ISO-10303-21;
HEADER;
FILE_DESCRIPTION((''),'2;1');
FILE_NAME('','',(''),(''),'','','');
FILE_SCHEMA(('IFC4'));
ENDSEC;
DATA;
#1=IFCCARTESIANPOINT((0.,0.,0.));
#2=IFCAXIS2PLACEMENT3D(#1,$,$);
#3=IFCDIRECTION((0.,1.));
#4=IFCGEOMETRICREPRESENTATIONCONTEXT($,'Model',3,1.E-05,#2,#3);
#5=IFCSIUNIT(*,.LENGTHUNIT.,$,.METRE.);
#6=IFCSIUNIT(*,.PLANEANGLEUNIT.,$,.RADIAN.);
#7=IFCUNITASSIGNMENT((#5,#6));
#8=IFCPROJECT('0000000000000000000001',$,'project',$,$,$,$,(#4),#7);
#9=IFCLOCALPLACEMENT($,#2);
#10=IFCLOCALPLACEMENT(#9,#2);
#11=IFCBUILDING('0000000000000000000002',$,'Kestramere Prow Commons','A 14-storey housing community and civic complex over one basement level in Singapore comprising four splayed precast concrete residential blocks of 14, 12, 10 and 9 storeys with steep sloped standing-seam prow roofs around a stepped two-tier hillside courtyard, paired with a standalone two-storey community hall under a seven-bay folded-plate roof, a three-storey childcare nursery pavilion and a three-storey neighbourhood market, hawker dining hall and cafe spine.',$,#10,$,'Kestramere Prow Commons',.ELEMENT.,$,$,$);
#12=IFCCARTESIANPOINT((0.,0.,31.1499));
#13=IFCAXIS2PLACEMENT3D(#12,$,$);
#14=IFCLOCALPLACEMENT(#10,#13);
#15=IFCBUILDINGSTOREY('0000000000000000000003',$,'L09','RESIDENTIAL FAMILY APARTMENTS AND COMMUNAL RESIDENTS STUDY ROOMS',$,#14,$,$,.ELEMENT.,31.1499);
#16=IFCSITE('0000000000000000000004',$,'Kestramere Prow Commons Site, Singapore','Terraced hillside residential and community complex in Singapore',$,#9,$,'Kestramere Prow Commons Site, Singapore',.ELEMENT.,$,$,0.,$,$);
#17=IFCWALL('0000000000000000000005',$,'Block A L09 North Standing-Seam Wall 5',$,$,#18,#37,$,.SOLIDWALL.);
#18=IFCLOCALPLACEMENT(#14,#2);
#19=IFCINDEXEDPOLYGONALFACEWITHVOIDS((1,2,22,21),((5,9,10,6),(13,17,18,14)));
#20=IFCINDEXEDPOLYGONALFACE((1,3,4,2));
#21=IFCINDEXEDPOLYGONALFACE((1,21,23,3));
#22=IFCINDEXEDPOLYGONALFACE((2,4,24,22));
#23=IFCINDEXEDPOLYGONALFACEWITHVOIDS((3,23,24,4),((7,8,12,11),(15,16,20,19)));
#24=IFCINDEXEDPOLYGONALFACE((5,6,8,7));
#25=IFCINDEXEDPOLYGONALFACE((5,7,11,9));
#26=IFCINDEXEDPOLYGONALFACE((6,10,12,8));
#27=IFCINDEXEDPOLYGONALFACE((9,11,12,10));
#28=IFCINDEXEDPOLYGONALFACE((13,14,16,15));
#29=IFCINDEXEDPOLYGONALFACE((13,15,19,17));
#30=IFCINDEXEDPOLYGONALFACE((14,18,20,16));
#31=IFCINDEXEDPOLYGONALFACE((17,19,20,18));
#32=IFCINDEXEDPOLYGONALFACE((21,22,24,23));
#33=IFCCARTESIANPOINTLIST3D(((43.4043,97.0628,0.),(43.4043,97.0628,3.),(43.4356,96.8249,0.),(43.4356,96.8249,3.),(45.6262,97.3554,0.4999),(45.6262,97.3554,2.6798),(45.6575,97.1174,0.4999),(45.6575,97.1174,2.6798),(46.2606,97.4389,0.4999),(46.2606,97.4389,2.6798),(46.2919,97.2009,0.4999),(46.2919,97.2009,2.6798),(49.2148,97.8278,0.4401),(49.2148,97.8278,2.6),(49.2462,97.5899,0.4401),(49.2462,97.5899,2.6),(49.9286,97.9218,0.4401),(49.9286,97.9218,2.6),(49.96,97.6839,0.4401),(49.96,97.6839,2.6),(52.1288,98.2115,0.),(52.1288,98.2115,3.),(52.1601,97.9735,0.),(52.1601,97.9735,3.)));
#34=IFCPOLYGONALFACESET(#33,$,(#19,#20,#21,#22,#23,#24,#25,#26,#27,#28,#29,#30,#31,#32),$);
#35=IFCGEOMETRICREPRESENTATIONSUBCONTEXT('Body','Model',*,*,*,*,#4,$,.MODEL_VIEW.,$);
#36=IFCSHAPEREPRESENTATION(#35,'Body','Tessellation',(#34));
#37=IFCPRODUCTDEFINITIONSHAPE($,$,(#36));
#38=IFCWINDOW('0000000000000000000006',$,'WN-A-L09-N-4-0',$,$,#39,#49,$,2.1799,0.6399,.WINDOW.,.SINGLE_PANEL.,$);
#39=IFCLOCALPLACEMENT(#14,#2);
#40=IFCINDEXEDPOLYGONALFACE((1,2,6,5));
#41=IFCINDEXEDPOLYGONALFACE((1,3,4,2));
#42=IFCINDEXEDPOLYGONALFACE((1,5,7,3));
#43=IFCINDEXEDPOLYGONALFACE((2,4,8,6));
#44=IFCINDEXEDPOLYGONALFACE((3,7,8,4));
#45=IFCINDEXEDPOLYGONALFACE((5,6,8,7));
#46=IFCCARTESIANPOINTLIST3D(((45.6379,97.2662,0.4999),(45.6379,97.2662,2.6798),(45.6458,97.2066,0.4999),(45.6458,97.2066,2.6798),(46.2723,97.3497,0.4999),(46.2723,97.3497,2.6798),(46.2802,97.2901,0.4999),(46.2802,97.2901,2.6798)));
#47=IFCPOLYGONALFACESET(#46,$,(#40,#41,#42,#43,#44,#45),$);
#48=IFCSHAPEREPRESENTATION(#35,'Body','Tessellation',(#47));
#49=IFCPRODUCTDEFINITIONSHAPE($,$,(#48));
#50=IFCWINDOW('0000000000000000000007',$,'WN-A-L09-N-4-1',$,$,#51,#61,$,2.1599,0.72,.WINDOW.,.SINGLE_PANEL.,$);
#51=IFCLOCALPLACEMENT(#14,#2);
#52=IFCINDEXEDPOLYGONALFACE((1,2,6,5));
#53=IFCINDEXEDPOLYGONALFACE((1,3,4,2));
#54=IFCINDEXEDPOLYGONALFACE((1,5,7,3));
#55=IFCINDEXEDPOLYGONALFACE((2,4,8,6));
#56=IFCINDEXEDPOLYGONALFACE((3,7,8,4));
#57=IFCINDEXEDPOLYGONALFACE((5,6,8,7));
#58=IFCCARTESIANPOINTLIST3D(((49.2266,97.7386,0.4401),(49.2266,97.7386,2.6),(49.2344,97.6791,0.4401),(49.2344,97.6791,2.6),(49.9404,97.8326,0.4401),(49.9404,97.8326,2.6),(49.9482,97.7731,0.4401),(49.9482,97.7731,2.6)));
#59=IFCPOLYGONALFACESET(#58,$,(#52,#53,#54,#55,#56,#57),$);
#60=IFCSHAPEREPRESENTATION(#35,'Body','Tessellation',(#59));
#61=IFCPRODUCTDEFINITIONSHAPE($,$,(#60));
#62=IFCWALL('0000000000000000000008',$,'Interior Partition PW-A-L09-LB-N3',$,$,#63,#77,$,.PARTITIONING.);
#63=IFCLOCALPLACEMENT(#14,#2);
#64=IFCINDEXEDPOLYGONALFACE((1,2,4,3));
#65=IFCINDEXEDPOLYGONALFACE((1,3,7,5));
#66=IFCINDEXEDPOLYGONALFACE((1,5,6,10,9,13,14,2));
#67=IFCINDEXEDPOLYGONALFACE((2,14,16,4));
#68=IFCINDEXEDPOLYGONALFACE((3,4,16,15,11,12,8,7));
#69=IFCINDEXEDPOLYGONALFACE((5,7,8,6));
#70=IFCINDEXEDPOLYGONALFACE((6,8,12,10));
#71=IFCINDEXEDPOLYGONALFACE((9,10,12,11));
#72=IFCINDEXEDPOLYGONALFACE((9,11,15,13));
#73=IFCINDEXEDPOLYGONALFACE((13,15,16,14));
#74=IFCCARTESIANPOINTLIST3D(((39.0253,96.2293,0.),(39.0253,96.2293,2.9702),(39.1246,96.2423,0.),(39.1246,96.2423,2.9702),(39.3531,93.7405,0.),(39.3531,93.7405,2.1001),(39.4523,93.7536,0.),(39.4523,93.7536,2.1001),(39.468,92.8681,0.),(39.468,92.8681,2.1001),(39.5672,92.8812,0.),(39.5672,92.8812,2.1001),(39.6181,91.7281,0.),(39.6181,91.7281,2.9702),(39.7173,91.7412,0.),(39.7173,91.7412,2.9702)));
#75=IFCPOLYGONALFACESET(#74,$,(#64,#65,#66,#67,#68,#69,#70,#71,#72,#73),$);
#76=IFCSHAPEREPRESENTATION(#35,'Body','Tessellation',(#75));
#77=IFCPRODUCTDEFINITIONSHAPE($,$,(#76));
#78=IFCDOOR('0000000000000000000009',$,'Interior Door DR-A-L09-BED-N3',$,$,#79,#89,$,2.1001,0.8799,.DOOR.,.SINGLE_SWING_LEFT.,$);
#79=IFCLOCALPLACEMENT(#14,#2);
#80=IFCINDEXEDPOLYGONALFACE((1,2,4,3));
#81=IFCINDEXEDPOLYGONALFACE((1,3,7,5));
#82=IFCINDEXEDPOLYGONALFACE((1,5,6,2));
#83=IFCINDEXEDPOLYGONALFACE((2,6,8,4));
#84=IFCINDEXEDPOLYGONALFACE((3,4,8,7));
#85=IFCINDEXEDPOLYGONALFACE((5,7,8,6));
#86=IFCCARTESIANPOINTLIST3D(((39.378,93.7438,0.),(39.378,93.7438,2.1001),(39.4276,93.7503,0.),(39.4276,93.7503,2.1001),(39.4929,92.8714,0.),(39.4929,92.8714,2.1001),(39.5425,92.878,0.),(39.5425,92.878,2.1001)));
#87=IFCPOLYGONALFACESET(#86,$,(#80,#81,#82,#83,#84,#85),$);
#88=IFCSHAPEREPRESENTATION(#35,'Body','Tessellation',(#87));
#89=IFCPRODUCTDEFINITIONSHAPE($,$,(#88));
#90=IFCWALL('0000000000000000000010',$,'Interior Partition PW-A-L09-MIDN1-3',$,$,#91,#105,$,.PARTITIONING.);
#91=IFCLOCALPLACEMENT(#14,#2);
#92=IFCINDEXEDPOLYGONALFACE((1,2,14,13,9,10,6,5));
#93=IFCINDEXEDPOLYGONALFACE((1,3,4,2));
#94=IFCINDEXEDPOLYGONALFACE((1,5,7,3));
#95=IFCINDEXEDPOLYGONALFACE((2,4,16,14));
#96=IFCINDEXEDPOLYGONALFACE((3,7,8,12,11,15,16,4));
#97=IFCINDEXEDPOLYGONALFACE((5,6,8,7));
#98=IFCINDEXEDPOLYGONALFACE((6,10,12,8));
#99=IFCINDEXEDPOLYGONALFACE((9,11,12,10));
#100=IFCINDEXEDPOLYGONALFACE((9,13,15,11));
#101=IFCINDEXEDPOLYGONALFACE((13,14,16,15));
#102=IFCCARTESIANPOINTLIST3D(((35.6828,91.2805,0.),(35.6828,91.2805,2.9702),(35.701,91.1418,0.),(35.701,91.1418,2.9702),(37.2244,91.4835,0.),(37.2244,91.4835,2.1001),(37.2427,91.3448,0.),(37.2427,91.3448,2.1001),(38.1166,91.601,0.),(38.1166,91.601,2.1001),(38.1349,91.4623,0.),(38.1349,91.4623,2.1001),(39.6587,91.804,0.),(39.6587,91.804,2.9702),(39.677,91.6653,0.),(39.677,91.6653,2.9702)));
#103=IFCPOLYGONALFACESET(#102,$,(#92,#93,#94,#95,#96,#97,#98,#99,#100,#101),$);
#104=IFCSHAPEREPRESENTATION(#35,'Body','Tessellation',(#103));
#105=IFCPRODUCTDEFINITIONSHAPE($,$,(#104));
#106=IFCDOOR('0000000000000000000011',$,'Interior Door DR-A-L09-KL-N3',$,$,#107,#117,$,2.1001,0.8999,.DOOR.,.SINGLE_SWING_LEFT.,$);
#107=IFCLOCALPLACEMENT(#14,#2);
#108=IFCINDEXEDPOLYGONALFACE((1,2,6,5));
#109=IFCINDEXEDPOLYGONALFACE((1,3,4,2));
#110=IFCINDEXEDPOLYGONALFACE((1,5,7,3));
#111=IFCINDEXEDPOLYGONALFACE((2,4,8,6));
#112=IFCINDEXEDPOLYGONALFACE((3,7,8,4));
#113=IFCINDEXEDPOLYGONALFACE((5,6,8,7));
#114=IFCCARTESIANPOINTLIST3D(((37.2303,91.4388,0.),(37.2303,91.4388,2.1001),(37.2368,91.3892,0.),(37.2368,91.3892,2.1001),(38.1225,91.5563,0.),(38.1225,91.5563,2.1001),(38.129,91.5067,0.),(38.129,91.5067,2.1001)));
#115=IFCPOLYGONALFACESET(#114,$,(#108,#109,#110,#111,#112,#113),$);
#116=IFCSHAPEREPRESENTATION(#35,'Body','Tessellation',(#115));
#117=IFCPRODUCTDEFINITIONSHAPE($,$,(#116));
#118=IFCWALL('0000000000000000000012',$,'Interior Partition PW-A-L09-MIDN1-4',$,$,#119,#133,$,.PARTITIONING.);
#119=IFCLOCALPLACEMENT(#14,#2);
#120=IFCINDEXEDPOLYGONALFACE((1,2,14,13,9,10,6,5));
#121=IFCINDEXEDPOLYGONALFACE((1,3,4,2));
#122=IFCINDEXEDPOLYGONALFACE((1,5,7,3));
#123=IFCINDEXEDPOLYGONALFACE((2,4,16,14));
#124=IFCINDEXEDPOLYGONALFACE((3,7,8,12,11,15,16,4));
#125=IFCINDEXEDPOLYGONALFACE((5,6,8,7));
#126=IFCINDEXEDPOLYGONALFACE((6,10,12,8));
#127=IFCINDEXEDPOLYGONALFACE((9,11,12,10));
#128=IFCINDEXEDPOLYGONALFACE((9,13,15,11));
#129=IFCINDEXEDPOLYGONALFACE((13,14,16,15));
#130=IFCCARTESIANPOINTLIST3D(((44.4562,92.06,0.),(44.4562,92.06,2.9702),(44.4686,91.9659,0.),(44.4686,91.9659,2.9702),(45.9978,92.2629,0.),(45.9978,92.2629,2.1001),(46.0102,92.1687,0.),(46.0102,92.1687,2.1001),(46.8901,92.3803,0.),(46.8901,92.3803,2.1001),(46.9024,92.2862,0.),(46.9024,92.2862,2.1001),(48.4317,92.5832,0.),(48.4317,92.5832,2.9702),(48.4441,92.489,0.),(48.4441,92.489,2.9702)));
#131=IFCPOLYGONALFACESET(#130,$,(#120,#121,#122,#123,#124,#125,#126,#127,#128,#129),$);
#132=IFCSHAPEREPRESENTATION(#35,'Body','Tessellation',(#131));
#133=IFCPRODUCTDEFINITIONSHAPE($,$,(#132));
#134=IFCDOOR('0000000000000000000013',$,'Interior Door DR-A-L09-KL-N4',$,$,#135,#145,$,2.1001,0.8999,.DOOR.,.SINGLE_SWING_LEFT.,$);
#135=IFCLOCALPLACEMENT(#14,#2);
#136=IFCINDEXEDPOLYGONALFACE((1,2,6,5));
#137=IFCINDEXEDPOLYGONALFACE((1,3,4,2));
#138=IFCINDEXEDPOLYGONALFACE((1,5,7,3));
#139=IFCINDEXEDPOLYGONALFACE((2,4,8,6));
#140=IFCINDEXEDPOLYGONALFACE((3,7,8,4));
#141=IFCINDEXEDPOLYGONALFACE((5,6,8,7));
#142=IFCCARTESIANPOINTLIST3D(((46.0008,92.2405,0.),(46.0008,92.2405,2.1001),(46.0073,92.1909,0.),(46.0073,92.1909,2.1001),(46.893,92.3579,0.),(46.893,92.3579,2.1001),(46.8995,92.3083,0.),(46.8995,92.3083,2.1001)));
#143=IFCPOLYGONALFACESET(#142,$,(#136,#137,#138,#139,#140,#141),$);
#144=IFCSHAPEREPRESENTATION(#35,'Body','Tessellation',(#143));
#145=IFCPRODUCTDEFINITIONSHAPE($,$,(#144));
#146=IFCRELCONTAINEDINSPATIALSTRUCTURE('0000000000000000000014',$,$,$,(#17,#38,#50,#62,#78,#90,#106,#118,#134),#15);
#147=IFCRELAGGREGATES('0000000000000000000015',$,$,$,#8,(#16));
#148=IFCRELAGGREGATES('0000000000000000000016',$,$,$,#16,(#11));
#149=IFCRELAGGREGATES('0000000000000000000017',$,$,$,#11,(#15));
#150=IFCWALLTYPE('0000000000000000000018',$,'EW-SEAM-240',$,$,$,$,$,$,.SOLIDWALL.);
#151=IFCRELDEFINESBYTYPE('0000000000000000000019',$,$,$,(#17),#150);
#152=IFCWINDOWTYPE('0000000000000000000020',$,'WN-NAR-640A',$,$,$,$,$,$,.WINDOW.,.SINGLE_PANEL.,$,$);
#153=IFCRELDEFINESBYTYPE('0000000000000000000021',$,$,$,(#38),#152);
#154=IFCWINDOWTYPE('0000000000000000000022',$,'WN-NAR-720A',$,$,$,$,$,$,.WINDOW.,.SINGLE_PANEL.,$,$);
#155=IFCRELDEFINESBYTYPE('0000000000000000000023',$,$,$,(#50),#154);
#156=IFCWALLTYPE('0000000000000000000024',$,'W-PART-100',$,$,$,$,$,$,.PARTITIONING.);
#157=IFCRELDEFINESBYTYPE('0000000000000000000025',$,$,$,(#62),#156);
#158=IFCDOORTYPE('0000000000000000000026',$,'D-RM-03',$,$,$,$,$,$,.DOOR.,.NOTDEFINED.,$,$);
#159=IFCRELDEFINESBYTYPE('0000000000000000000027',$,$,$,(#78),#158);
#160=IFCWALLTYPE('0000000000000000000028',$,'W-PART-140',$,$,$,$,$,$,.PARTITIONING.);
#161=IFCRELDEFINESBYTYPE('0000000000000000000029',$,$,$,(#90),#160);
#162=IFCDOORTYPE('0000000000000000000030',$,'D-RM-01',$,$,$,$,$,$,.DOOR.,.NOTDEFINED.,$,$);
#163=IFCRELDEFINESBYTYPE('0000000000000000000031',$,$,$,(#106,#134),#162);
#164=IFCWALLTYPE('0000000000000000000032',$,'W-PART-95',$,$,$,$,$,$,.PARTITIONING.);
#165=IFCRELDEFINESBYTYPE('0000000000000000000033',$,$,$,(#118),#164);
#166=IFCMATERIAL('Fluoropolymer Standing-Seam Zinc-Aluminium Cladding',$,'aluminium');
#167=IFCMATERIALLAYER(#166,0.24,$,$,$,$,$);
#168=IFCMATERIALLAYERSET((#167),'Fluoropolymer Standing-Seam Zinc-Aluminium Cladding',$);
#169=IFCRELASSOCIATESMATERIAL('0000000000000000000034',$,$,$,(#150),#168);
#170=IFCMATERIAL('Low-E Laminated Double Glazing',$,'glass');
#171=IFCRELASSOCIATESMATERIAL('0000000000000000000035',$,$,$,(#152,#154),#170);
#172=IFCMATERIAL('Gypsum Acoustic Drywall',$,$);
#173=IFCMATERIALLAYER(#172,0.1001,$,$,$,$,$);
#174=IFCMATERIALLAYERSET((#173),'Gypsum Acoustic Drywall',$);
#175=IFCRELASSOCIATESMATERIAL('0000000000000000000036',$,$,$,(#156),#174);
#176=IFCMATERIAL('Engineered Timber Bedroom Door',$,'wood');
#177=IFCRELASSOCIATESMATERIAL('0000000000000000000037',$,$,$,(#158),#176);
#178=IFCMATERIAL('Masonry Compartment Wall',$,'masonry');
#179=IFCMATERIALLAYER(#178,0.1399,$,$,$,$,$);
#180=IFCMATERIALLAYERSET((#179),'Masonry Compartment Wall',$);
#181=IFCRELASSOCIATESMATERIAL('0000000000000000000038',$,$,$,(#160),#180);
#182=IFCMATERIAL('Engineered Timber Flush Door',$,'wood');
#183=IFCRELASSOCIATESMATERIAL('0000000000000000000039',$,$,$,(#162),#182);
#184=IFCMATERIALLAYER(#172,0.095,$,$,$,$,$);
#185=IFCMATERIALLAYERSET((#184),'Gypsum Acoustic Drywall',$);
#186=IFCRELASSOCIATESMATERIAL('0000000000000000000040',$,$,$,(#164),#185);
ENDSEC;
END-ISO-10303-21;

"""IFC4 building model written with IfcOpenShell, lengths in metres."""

from ifc_helpers import new_model, si_unit, direction, frame, frame_2d, origin, place, context, subcontext, project, spatial, rectangle, extrude, material, layer, layer_set, type_object, element, fill, save


model = new_model("IFC4")

# Units and contexts
model_context = context("Model", 3, precision=1e-05, world=origin(), true_north=direction((0.0, 1.0)))
body_context = subcontext(model_context, "Body", "Model", "MODEL_VIEW")
ifc_project = project(units=[si_unit("LENGTHUNIT", "METRE"), si_unit("PLANEANGLEUNIT", "RADIAN")], contexts=[model_context])

# Site, building, storey
site_placement = place(None, origin())
site = spatial("IfcSite", under=ifc_project, at=site_placement, Name="Kestramere Prow Commons Site, Singapore", Description="Terraced hillside residential and community complex in Singapore", LongName="Kestramere Prow Commons Site, Singapore", CompositionType="ELEMENT", RefElevation=0.0)
building_placement = place(site_placement, origin())
building = spatial("IfcBuilding", under=site, at=building_placement, Name="Kestramere Prow Commons", Description="A 14-storey housing community and civic complex over one basement level in Singapore comprising four splayed precast concrete residential blocks of 14, 12, 10 and 9 storeys with steep sloped standing-seam prow roofs around a stepped two-tier hillside courtyard, paired with a standalone two-storey community hall under a seven-bay folded-plate roof, a three-storey childcare nursery pavilion and a three-storey neighbourhood market, hawker dining hall and cafe spine.", LongName="Kestramere Prow Commons", CompositionType="ELEMENT")
storey_placement = place(building_placement, frame((0.0, 0.0, 31.1499)))
storey = spatial("IfcBuildingStorey", under=building, at=storey_placement, Name="L09", Description="RESIDENTIAL FAMILY APARTMENTS AND COMMUNAL RESIDENTS STUDY ROOMS", CompositionType="ELEMENT", Elevation=31.1499)

# Shared definitions
ifc_material_1 = material(Name="Low-E Laminated Double Glazing", Category="glass")

# Shared definitions
ifc_material_2 = material(Name="Fluoropolymer Standing-Seam Zinc-Aluminium Cladding", Category="aluminium")
ifc_layer_1 = layer(ifc_material_2, 0.24)
ifc_layer_set_1 = layer_set([ifc_layer_1], Name="Fluoropolymer Standing-Seam Zinc-Aluminium Cladding")
wall_type_1 = type_object("IfcWallType", Name="EW-SEAM-240", PredefinedType="SOLIDWALL", material=ifc_layer_set_1)

# Wall, openings, windows
wall_1_placement = place(storey_placement, frame((43.4199, 96.9438, 0.0), z_axis=(0.0, 0.0, 1.0), x_axis=(0.991444, 0.130533, 0.0)))
wall_1 = element("IfcWall", 1, at=wall_1_placement, inside=storey, type_object=wall_type_1, Name="Block A L09 North Standing-Seam Wall 5", PredefinedType="SOLIDWALL", context=body_context, shape_type="SweptSolid", body=[
    extrude(rectangle(XDim=8.7998, YDim=0.24, at=frame_2d((4.3999, 0.0))), origin(), (0.0, 0.0, 1.0), 3.0),
])
opening_1_placement = place(wall_1_placement, frame((2.2412, 0.0, 0.5)))
opening_1 = element("IfcOpeningElement", 2, at=opening_1_placement, cuts=wall_1, PredefinedType="OPENING", context=body_context, shape_type="SweptSolid", body=[
    extrude(rectangle(XDim=0.6399, YDim=2.1799, at=frame_2d((0.3198, 1.0898))), frame((0.0, 0.135, 0.0), z_axis=(0.0, -1.0, 0.0), x_axis=(1.0, 0.0, 0.0)), (0.0, 0.0, 1.0), 0.27),
])
opening_2_placement = place(wall_1_placement, frame((5.8608, 0.0, 0.4399)))
opening_2 = element("IfcOpeningElement", 3, at=opening_2_placement, cuts=wall_1, PredefinedType="OPENING", context=body_context, shape_type="SweptSolid", body=[
    extrude(rectangle(XDim=0.72, YDim=2.1599, at=frame_2d((0.3599, 1.0801))), frame((0.0, 0.135, 0.0), z_axis=(0.0, -1.0, 0.0), x_axis=(1.0, 0.0, 0.0)), (0.0, 0.0, 1.0), 0.27),
])
window_type_1 = type_object("IfcWindowType", Name="WN-NAR-640A", PartitioningType="SINGLE_PANEL", PredefinedType="WINDOW", material=ifc_material_1)
window_1_placement = place(opening_1_placement, origin())
window_1 = element("IfcWindow", 4, at=window_1_placement, inside=storey, type_object=window_type_1, Name="WN-A-L09-N-4-0", OverallHeight=2.1799, OverallWidth=0.6399, PartitioningType="SINGLE_PANEL", PredefinedType="WINDOW", context=body_context, shape_type="SweptSolid", body=[
    extrude(rectangle(XDim=0.6399, YDim=2.1799, at=frame_2d((0.3198, 1.0898))), frame((0.0, 0.03, 0.0), z_axis=(0.0, -1.0, 0.0), x_axis=(1.0, 0.0, 0.0)), (0.0, 0.0, 1.0), 0.0601),
])
fill(opening_1, window_1)
window_type_2 = type_object("IfcWindowType", Name="WN-NAR-720A", PartitioningType="SINGLE_PANEL", PredefinedType="WINDOW", material=ifc_material_1)
window_2_placement = place(opening_2_placement, origin())
window_2 = element("IfcWindow", 5, at=window_2_placement, inside=storey, type_object=window_type_2, Name="WN-A-L09-N-4-1", OverallHeight=2.1599, OverallWidth=0.72, PartitioningType="SINGLE_PANEL", PredefinedType="WINDOW", context=body_context, shape_type="SweptSolid", body=[
    extrude(rectangle(XDim=0.72, YDim=2.1599, at=frame_2d((0.3599, 1.0801))), frame((0.0, 0.03, 0.0), z_axis=(0.0, -1.0, 0.0), x_axis=(1.0, 0.0, 0.0)), (0.0, 0.0, 1.0), 0.0601),
])
fill(opening_2, window_2)

# Walls, openings, doors
ifc_material_3 = material(Name="Gypsum Acoustic Drywall")
ifc_layer_2 = layer(ifc_material_3, 0.1001)
ifc_layer_set_2 = layer_set([ifc_layer_2], Name="Gypsum Acoustic Drywall")
wall_type_2 = type_object("IfcWallType", Name="W-PART-100", PredefinedType="PARTITIONING", material=ifc_layer_set_2)
wall_2_placement = place(storey_placement, frame((39.6677, 91.7346, 0.0), z_axis=(0.0, 0.0, 1.0), x_axis=(-0.130564, 0.99144, 0.0)))
wall_2 = element("IfcWall", 6, at=wall_2_placement, inside=storey, type_object=wall_type_2, Name="Interior Partition PW-A-L09-LB-N3", PredefinedType="PARTITIONING", context=body_context, shape_type="SweptSolid", body=[
    extrude(rectangle(XDim=4.54, YDim=0.1001, at=frame_2d((2.27, 0.0))), origin(), (0.0, 0.0, 1.0), 2.9702),
])
opening_3_placement = place(wall_2_placement, frame((1.1499, 0.0, 0.0)))
opening_3 = element("IfcOpeningElement", 7, at=opening_3_placement, cuts=wall_2, PredefinedType="OPENING", context=body_context, shape_type="SweptSolid", body=[
    extrude(rectangle(XDim=0.8799, YDim=2.1001, at=frame_2d((0.4399, 1.05))), frame((0.0, 0.0649, 0.0), z_axis=(0.0, -1.0, 0.0), x_axis=(1.0, 0.0, 0.0)), (0.0, 0.0, 1.0), 0.1301),
])
ifc_material_4 = material(Name="Engineered Timber Bedroom Door", Category="wood")
door_type_1 = type_object("IfcDoorType", Name="D-RM-03", OperationType="NOTDEFINED", PredefinedType="DOOR", material=ifc_material_4)
door_1_placement = place(opening_3_placement, origin())
door_1 = element("IfcDoor", 8, at=door_1_placement, inside=storey, type_object=door_type_1, Name="Interior Door DR-A-L09-BED-N3", OperationType="SINGLE_SWING_LEFT", OverallHeight=2.1001, OverallWidth=0.8799, PredefinedType="DOOR", context=body_context, shape_type="SweptSolid", body=[
    extrude(rectangle(XDim=0.8799, YDim=2.1001, at=frame_2d((0.4399, 1.05))), frame((0.0, 0.0249, 0.0), z_axis=(0.0, -1.0, 0.0), x_axis=(1.0, 0.0, 0.0)), (0.0, 0.0, 1.0), 0.05),
])
fill(opening_3, door_1)
ifc_material_5 = material(Name="Masonry Compartment Wall", Category="masonry")
ifc_layer_3 = layer(ifc_material_5, 0.1399)
ifc_layer_set_3 = layer_set([ifc_layer_3], Name="Masonry Compartment Wall")
wall_type_3 = type_object("IfcWallType", Name="W-PART-140", PredefinedType="PARTITIONING", material=ifc_layer_set_3)
wall_3_placement = place(storey_placement, frame((35.6919, 91.2112, 0.0), z_axis=(0.0, 0.0, 1.0), x_axis=(0.991445, 0.130529, 0.0)))
wall_3 = element("IfcWall", 9, at=wall_3_placement, inside=storey, type_object=wall_type_3, Name="Interior Partition PW-A-L09-MIDN1-3", PredefinedType="PARTITIONING", context=body_context, shape_type="SweptSolid", body=[
    extrude(rectangle(XDim=4.0103, YDim=0.1399, at=frame_2d((2.0051, 0.0))), origin(), (0.0, 0.0, 1.0), 2.9702),
])
opening_4_placement = place(wall_3_placement, frame((1.5549, 0.0, 0.0)))
opening_4 = element("IfcOpeningElement", 10, at=opening_4_placement, cuts=wall_3, PredefinedType="OPENING", context=body_context, shape_type="SweptSolid", body=[
    extrude(rectangle(XDim=0.8999, YDim=2.1001, at=frame_2d((0.45, 1.05))), frame((0.0, 0.085, 0.0), z_axis=(0.0, -1.0, 0.0), x_axis=(1.0, 0.0, 0.0)), (0.0, 0.0, 1.0), 0.1699),
])
ifc_material_6 = material(Name="Engineered Timber Flush Door", Category="wood")
door_type_2 = type_object("IfcDoorType", Name="D-RM-01", OperationType="NOTDEFINED", PredefinedType="DOOR", material=ifc_material_6)
door_2_placement = place(opening_4_placement, origin())
door_2 = element("IfcDoor", 11, at=door_2_placement, inside=storey, type_object=door_type_2, Name="Interior Door DR-A-L09-KL-N3", OperationType="SINGLE_SWING_LEFT", OverallHeight=2.1001, OverallWidth=0.8999, PredefinedType="DOOR", context=body_context, shape_type="SweptSolid", body=[
    extrude(rectangle(XDim=0.8999, YDim=2.1001, at=frame_2d((0.45, 1.05))), frame((0.0, 0.0249, 0.0), z_axis=(0.0, -1.0, 0.0), x_axis=(1.0, 0.0, 0.0)), (0.0, 0.0, 1.0), 0.05),
])
fill(opening_4, door_2)
ifc_layer_4 = layer(ifc_material_3, 0.095)
ifc_layer_set_4 = layer_set([ifc_layer_4], Name="Gypsum Acoustic Drywall")
wall_type_4 = type_object("IfcWallType", Name="W-PART-95", PredefinedType="PARTITIONING", material=ifc_layer_set_4)
wall_4_placement = place(storey_placement, frame((44.4624, 92.0129, 0.0), z_axis=(0.0, 0.0, 1.0), x_axis=(0.991451, 0.130477, 0.0)))
wall_4 = element("IfcWall", 12, at=wall_4_placement, inside=storey, type_object=wall_type_4, Name="Interior Partition PW-A-L09-MIDN1-4", PredefinedType="PARTITIONING", context=body_context, shape_type="SweptSolid", body=[
    extrude(rectangle(XDim=4.0098, YDim=0.095, at=frame_2d((2.0049, 0.0))), origin(), (0.0, 0.0, 1.0), 2.9702),
])
opening_5_placement = place(wall_4_placement, frame((1.5549, 0.0, 0.0)))
opening_5 = element("IfcOpeningElement", 13, at=opening_5_placement, cuts=wall_4, PredefinedType="OPENING", context=body_context, shape_type="SweptSolid", body=[
    extrude(rectangle(XDim=0.8999, YDim=2.1001, at=frame_2d((0.45, 1.05))), frame((0.0, 0.0625, 0.0), z_axis=(0.0, -1.0, 0.0), x_axis=(1.0, 0.0, 0.0)), (0.0, 0.0, 1.0), 0.125),
])
door_3_placement = place(opening_5_placement, origin())
door_3 = element("IfcDoor", 14, at=door_3_placement, inside=storey, type_object=door_type_2, Name="Interior Door DR-A-L09-KL-N4", OperationType="SINGLE_SWING_LEFT", OverallHeight=2.1001, OverallWidth=0.8999, PredefinedType="DOOR", context=body_context, shape_type="SweptSolid", body=[
    extrude(rectangle(XDim=0.8999, YDim=2.1001, at=frame_2d((0.45, 1.05))), frame((0.0, 0.0249, 0.0), z_axis=(0.0, -1.0, 0.0), x_axis=(1.0, 0.0, 0.0)), (0.0, 0.0, 1.0), 0.05),
])
fill(opening_5, door_3)

save(model, "model.ifc")
